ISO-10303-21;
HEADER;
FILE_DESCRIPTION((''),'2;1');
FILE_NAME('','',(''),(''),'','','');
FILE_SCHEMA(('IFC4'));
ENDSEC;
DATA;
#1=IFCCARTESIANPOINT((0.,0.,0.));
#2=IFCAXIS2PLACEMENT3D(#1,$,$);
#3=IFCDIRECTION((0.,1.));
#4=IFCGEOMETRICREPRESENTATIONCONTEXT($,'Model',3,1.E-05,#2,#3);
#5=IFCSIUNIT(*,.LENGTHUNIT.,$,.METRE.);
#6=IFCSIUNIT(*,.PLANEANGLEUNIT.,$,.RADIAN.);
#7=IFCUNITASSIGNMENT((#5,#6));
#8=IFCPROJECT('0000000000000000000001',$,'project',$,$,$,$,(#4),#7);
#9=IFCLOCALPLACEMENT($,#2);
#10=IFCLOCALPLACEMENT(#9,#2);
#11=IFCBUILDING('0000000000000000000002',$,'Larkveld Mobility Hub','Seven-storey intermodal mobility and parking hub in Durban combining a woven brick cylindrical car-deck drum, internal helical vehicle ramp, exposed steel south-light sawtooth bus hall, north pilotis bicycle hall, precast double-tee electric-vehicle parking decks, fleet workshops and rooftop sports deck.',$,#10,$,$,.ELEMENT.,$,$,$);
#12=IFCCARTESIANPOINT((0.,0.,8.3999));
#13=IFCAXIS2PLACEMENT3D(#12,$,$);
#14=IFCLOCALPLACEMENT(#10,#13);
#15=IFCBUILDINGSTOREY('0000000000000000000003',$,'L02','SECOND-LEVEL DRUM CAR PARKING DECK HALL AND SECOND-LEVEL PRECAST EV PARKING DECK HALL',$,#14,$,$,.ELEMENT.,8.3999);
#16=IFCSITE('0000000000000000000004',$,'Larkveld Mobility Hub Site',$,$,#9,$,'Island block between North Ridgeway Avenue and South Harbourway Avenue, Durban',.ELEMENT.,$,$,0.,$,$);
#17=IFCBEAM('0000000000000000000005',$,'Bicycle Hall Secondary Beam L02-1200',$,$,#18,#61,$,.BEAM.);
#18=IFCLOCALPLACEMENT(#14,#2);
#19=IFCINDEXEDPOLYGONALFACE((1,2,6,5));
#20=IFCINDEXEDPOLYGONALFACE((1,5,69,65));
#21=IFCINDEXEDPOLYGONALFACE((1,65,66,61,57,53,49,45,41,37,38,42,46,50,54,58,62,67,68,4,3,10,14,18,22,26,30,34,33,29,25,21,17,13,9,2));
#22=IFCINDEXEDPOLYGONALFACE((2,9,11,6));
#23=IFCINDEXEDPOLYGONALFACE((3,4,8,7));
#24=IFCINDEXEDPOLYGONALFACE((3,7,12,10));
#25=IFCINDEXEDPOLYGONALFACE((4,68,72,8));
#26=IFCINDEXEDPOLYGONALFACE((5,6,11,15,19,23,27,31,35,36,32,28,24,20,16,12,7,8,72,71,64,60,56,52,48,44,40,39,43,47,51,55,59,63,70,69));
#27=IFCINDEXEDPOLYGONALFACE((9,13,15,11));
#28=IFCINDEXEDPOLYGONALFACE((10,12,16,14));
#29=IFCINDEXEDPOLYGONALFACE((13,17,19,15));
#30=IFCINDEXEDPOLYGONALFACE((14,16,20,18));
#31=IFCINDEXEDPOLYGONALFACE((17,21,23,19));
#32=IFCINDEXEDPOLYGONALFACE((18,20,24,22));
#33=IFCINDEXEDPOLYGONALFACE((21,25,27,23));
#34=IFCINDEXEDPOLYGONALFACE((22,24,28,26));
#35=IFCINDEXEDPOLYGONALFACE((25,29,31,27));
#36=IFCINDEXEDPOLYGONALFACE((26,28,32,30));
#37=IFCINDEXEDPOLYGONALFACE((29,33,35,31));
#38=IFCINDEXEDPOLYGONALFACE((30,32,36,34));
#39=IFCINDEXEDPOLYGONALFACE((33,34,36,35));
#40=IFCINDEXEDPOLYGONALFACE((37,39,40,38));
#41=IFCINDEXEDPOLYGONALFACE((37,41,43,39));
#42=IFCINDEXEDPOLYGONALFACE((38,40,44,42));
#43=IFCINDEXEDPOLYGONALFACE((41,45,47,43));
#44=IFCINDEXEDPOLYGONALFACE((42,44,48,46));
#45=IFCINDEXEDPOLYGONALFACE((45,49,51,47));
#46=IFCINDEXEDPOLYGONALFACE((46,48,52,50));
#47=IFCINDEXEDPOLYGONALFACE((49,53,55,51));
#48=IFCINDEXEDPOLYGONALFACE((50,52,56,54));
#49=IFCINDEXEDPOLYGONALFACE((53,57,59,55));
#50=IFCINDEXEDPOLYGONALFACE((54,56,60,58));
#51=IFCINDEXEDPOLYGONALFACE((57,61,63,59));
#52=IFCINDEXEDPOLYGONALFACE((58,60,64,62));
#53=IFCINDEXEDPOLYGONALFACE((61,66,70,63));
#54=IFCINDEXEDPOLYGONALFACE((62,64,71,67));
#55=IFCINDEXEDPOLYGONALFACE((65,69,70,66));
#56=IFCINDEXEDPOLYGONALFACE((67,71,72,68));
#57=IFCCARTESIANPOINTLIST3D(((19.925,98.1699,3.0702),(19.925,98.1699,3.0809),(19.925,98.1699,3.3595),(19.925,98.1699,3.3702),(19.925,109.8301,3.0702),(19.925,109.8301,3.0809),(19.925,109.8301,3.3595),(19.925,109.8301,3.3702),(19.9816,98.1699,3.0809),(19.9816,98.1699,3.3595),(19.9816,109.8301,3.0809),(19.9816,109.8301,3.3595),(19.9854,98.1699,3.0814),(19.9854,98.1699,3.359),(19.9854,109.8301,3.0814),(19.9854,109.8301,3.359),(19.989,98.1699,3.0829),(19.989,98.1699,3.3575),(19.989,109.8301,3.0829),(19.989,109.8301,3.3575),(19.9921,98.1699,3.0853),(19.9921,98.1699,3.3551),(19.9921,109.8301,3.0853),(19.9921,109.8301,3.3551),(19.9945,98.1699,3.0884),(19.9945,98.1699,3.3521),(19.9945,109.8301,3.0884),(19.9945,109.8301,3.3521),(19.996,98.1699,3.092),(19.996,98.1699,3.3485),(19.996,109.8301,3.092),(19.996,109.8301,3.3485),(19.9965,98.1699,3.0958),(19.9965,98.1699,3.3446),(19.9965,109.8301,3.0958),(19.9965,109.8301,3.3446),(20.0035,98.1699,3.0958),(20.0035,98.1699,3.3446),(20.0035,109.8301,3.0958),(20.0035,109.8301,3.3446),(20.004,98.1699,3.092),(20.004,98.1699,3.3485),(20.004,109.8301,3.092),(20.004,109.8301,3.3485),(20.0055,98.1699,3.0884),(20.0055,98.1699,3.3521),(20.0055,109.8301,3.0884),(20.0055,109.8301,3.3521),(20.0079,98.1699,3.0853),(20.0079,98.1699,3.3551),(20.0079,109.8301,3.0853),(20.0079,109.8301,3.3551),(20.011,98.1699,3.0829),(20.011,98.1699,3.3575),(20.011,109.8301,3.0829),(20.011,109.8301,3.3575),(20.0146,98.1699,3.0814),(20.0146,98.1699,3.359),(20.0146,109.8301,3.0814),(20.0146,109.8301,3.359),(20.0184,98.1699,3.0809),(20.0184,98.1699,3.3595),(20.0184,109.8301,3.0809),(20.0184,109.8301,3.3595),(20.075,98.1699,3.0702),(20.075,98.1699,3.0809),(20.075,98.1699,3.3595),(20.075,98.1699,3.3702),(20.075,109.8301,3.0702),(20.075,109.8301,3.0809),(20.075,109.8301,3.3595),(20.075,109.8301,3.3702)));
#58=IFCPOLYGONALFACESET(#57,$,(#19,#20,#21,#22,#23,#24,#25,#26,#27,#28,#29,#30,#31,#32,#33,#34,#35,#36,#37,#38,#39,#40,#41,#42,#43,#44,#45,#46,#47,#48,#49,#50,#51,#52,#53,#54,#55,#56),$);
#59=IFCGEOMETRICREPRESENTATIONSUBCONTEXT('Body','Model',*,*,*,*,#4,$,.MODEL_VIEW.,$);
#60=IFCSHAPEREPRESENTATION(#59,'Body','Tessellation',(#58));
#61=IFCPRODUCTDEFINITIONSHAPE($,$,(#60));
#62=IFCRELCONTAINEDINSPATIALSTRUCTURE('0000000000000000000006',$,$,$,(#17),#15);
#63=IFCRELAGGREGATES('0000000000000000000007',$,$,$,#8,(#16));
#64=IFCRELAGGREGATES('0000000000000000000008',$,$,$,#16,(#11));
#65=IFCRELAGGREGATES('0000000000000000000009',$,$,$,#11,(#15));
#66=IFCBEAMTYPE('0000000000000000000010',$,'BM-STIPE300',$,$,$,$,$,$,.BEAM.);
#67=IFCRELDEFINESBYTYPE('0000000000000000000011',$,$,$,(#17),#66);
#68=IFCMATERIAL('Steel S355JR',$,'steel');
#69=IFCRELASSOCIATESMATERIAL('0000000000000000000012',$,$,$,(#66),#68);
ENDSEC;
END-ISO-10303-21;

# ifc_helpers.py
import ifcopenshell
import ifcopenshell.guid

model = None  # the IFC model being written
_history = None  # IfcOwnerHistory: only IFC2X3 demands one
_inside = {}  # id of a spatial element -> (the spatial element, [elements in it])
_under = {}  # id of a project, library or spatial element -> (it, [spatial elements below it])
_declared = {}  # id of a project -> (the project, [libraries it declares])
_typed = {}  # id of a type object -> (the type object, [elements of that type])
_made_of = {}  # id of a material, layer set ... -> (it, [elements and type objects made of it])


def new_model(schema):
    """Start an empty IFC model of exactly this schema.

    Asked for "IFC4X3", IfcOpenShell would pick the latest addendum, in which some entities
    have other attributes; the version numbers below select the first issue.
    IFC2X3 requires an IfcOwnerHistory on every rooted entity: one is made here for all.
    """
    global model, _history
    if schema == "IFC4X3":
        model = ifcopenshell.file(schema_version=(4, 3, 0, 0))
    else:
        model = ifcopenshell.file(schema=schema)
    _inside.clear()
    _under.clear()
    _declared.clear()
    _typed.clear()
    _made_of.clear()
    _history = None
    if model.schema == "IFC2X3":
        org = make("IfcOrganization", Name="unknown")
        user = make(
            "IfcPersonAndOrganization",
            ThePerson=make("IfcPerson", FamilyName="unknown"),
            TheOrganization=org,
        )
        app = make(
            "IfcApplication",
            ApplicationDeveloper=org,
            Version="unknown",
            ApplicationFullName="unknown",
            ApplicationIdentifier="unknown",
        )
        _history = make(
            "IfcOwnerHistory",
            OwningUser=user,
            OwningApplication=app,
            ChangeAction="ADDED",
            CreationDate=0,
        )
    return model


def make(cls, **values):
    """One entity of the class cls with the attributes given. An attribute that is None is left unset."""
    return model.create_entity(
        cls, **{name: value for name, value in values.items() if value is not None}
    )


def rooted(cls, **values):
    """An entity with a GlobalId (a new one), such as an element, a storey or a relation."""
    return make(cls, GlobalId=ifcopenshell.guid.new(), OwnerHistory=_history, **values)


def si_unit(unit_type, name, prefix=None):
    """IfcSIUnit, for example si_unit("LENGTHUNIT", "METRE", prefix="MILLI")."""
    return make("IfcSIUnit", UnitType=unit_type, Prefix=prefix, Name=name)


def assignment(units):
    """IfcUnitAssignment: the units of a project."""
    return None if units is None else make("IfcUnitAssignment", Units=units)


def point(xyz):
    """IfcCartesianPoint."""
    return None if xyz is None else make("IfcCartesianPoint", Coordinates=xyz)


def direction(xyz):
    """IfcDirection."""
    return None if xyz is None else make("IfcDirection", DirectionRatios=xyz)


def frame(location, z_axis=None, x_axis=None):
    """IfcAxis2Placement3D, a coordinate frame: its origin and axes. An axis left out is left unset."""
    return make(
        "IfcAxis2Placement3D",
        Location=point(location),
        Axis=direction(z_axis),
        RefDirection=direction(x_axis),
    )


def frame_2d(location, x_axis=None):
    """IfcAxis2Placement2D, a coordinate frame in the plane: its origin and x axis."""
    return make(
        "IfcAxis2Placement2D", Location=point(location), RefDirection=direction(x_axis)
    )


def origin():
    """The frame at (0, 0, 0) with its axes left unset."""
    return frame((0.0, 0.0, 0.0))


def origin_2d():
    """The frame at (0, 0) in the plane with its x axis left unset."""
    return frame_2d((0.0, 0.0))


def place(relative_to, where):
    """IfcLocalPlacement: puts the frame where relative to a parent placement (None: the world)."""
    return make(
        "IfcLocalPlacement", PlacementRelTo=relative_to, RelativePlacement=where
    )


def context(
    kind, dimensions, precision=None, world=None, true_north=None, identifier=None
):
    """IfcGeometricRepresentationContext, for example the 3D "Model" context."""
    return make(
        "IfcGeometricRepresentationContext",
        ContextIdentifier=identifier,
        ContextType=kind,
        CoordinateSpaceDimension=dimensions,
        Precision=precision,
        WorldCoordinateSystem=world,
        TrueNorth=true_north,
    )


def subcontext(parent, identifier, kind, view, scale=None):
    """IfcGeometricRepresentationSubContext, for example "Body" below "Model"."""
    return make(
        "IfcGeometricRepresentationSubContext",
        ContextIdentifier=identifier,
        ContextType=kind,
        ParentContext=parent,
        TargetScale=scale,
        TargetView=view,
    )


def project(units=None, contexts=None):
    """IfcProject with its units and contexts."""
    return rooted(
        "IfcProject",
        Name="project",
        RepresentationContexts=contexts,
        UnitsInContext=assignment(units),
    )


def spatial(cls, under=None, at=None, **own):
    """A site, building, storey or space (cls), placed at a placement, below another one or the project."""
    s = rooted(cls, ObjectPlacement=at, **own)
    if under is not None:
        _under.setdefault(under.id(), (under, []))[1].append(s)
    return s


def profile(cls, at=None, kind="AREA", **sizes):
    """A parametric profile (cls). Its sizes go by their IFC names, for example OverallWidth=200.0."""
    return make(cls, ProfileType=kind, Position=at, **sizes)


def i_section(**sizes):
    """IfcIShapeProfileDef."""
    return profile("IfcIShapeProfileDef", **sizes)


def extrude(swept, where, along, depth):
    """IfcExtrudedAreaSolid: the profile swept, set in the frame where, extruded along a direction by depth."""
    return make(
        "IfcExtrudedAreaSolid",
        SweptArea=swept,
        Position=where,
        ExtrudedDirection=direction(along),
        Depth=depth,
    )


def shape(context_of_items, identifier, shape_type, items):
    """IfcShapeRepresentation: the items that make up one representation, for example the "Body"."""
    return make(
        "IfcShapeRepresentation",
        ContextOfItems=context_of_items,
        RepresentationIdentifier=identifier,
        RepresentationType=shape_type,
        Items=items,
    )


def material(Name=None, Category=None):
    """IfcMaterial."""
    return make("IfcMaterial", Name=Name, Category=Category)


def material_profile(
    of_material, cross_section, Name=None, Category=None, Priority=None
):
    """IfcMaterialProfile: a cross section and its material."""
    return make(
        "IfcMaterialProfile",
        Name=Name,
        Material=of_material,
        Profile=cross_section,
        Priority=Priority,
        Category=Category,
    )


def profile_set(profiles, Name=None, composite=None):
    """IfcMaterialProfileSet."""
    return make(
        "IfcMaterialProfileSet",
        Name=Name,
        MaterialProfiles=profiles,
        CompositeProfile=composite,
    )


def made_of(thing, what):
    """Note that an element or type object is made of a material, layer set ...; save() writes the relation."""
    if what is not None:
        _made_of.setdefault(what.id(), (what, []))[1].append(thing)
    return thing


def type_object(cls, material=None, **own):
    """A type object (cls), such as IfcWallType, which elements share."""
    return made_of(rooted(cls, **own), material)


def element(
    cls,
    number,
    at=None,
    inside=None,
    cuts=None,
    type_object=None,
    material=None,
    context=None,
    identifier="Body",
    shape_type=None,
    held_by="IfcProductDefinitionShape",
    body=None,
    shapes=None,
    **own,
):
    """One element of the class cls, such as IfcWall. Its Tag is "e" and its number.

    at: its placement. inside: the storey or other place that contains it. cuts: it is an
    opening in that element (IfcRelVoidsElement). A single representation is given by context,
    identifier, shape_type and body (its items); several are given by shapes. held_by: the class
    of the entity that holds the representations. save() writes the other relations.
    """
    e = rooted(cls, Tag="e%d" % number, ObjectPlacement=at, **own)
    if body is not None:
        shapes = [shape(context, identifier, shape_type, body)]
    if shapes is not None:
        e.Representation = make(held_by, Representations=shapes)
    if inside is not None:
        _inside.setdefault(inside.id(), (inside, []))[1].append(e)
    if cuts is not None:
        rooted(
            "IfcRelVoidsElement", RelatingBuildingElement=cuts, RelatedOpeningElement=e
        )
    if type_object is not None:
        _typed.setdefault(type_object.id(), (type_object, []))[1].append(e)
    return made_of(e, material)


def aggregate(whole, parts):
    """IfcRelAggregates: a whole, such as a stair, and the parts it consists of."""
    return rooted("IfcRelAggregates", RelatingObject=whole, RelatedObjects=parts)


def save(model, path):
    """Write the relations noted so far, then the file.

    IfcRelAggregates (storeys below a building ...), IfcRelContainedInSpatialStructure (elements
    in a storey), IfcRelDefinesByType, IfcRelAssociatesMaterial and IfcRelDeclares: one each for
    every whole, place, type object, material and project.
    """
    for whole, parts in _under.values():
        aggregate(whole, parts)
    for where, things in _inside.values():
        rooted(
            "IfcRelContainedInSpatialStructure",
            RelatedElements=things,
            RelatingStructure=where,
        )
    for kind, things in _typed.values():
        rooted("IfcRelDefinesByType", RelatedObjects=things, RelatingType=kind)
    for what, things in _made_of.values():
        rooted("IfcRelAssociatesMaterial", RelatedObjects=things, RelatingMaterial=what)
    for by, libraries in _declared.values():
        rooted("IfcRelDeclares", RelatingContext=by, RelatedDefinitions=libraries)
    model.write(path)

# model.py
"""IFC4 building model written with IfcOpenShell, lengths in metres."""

from ifc_helpers import new_model, si_unit, direction, frame, origin, origin_2d, place, context, subcontext, project, spatial, i_section, extrude, material, material_profile, profile_set, type_object, element, save


model = new_model("IFC4")

# Units and contexts
model_context = context("Model", 3, precision=1e-05, world=origin(), true_north=direction((0.0, 1.0)))
body_context = subcontext(model_context, "Body", "Model", "MODEL_VIEW")
ifc_project = project(units=[si_unit("LENGTHUNIT", "METRE"), si_unit("PLANEANGLEUNIT", "RADIAN")], contexts=[model_context])

# Site, building, storey
site_placement = place(None, origin())
site = spatial("IfcSite", under=ifc_project, at=site_placement, Name="Larkveld Mobility Hub Site", LongName="Island block between North Ridgeway Avenue and South Harbourway Avenue, Durban", CompositionType="ELEMENT", RefElevation=0.0)
building_placement = place(site_placement, origin())
building = spatial("IfcBuilding", under=site, at=building_placement, Name="Larkveld Mobility Hub", Description="Seven-storey intermodal mobility and parking hub in Durban combining a woven brick cylindrical car-deck drum, internal helical vehicle ramp, exposed steel south-light sawtooth bus hall, north pilotis bicycle hall, precast double-tee electric-vehicle parking decks, fleet workshops and rooftop sports deck.", CompositionType="ELEMENT")
storey_placement = place(building_placement, frame((0.0, 0.0, 8.3999)))
storey = spatial("IfcBuildingStorey", under=building, at=storey_placement, Name="L02", Description="SECOND-LEVEL DRUM CAR PARKING DECK HALL AND SECOND-LEVEL PRECAST EV PARKING DECK HALL", CompositionType="ELEMENT", Elevation=8.3999)

# Beam
ifc_material_1 = material(Name="Steel S355JR", Category="steel")
ifc_material_profile = material_profile(ifc_material_1, i_section(OverallWidth=0.1499, OverallDepth=0.3, WebThickness=0.0071, FlangeThickness=0.0107, FilletRadius=0.0149, at=origin_2d()), Name="IPE 300")
ifc_profile_set = profile_set([ifc_material_profile], Name="Steel S355JR")
beam_type = type_object("IfcBeamType", Name="BM-STIPE300", PredefinedType="BEAM", material=ifc_profile_set)
beam_placement = place(storey_placement, frame((20.0, 98.1699, 3.2202), z_axis=(0.0, 1.0, 0.0), x_axis=(-1.0, 0.0, 0.0)))
element("IfcBeam", 1, at=beam_placement, inside=storey, type_object=beam_type, Name="Bicycle Hall Secondary Beam L02-1200", PredefinedType="BEAM", context=body_context, shape_type="SweptSolid", body=[
    extrude(i_section(OverallWidth=0.1499, OverallDepth=0.3, WebThickness=0.0071, FlangeThickness=0.0107, FilletRadius=0.0149, at=origin_2d()), origin(), (0.0, 0.0, 1.0), 11.6602),
])

save(model, "model.ifc")
